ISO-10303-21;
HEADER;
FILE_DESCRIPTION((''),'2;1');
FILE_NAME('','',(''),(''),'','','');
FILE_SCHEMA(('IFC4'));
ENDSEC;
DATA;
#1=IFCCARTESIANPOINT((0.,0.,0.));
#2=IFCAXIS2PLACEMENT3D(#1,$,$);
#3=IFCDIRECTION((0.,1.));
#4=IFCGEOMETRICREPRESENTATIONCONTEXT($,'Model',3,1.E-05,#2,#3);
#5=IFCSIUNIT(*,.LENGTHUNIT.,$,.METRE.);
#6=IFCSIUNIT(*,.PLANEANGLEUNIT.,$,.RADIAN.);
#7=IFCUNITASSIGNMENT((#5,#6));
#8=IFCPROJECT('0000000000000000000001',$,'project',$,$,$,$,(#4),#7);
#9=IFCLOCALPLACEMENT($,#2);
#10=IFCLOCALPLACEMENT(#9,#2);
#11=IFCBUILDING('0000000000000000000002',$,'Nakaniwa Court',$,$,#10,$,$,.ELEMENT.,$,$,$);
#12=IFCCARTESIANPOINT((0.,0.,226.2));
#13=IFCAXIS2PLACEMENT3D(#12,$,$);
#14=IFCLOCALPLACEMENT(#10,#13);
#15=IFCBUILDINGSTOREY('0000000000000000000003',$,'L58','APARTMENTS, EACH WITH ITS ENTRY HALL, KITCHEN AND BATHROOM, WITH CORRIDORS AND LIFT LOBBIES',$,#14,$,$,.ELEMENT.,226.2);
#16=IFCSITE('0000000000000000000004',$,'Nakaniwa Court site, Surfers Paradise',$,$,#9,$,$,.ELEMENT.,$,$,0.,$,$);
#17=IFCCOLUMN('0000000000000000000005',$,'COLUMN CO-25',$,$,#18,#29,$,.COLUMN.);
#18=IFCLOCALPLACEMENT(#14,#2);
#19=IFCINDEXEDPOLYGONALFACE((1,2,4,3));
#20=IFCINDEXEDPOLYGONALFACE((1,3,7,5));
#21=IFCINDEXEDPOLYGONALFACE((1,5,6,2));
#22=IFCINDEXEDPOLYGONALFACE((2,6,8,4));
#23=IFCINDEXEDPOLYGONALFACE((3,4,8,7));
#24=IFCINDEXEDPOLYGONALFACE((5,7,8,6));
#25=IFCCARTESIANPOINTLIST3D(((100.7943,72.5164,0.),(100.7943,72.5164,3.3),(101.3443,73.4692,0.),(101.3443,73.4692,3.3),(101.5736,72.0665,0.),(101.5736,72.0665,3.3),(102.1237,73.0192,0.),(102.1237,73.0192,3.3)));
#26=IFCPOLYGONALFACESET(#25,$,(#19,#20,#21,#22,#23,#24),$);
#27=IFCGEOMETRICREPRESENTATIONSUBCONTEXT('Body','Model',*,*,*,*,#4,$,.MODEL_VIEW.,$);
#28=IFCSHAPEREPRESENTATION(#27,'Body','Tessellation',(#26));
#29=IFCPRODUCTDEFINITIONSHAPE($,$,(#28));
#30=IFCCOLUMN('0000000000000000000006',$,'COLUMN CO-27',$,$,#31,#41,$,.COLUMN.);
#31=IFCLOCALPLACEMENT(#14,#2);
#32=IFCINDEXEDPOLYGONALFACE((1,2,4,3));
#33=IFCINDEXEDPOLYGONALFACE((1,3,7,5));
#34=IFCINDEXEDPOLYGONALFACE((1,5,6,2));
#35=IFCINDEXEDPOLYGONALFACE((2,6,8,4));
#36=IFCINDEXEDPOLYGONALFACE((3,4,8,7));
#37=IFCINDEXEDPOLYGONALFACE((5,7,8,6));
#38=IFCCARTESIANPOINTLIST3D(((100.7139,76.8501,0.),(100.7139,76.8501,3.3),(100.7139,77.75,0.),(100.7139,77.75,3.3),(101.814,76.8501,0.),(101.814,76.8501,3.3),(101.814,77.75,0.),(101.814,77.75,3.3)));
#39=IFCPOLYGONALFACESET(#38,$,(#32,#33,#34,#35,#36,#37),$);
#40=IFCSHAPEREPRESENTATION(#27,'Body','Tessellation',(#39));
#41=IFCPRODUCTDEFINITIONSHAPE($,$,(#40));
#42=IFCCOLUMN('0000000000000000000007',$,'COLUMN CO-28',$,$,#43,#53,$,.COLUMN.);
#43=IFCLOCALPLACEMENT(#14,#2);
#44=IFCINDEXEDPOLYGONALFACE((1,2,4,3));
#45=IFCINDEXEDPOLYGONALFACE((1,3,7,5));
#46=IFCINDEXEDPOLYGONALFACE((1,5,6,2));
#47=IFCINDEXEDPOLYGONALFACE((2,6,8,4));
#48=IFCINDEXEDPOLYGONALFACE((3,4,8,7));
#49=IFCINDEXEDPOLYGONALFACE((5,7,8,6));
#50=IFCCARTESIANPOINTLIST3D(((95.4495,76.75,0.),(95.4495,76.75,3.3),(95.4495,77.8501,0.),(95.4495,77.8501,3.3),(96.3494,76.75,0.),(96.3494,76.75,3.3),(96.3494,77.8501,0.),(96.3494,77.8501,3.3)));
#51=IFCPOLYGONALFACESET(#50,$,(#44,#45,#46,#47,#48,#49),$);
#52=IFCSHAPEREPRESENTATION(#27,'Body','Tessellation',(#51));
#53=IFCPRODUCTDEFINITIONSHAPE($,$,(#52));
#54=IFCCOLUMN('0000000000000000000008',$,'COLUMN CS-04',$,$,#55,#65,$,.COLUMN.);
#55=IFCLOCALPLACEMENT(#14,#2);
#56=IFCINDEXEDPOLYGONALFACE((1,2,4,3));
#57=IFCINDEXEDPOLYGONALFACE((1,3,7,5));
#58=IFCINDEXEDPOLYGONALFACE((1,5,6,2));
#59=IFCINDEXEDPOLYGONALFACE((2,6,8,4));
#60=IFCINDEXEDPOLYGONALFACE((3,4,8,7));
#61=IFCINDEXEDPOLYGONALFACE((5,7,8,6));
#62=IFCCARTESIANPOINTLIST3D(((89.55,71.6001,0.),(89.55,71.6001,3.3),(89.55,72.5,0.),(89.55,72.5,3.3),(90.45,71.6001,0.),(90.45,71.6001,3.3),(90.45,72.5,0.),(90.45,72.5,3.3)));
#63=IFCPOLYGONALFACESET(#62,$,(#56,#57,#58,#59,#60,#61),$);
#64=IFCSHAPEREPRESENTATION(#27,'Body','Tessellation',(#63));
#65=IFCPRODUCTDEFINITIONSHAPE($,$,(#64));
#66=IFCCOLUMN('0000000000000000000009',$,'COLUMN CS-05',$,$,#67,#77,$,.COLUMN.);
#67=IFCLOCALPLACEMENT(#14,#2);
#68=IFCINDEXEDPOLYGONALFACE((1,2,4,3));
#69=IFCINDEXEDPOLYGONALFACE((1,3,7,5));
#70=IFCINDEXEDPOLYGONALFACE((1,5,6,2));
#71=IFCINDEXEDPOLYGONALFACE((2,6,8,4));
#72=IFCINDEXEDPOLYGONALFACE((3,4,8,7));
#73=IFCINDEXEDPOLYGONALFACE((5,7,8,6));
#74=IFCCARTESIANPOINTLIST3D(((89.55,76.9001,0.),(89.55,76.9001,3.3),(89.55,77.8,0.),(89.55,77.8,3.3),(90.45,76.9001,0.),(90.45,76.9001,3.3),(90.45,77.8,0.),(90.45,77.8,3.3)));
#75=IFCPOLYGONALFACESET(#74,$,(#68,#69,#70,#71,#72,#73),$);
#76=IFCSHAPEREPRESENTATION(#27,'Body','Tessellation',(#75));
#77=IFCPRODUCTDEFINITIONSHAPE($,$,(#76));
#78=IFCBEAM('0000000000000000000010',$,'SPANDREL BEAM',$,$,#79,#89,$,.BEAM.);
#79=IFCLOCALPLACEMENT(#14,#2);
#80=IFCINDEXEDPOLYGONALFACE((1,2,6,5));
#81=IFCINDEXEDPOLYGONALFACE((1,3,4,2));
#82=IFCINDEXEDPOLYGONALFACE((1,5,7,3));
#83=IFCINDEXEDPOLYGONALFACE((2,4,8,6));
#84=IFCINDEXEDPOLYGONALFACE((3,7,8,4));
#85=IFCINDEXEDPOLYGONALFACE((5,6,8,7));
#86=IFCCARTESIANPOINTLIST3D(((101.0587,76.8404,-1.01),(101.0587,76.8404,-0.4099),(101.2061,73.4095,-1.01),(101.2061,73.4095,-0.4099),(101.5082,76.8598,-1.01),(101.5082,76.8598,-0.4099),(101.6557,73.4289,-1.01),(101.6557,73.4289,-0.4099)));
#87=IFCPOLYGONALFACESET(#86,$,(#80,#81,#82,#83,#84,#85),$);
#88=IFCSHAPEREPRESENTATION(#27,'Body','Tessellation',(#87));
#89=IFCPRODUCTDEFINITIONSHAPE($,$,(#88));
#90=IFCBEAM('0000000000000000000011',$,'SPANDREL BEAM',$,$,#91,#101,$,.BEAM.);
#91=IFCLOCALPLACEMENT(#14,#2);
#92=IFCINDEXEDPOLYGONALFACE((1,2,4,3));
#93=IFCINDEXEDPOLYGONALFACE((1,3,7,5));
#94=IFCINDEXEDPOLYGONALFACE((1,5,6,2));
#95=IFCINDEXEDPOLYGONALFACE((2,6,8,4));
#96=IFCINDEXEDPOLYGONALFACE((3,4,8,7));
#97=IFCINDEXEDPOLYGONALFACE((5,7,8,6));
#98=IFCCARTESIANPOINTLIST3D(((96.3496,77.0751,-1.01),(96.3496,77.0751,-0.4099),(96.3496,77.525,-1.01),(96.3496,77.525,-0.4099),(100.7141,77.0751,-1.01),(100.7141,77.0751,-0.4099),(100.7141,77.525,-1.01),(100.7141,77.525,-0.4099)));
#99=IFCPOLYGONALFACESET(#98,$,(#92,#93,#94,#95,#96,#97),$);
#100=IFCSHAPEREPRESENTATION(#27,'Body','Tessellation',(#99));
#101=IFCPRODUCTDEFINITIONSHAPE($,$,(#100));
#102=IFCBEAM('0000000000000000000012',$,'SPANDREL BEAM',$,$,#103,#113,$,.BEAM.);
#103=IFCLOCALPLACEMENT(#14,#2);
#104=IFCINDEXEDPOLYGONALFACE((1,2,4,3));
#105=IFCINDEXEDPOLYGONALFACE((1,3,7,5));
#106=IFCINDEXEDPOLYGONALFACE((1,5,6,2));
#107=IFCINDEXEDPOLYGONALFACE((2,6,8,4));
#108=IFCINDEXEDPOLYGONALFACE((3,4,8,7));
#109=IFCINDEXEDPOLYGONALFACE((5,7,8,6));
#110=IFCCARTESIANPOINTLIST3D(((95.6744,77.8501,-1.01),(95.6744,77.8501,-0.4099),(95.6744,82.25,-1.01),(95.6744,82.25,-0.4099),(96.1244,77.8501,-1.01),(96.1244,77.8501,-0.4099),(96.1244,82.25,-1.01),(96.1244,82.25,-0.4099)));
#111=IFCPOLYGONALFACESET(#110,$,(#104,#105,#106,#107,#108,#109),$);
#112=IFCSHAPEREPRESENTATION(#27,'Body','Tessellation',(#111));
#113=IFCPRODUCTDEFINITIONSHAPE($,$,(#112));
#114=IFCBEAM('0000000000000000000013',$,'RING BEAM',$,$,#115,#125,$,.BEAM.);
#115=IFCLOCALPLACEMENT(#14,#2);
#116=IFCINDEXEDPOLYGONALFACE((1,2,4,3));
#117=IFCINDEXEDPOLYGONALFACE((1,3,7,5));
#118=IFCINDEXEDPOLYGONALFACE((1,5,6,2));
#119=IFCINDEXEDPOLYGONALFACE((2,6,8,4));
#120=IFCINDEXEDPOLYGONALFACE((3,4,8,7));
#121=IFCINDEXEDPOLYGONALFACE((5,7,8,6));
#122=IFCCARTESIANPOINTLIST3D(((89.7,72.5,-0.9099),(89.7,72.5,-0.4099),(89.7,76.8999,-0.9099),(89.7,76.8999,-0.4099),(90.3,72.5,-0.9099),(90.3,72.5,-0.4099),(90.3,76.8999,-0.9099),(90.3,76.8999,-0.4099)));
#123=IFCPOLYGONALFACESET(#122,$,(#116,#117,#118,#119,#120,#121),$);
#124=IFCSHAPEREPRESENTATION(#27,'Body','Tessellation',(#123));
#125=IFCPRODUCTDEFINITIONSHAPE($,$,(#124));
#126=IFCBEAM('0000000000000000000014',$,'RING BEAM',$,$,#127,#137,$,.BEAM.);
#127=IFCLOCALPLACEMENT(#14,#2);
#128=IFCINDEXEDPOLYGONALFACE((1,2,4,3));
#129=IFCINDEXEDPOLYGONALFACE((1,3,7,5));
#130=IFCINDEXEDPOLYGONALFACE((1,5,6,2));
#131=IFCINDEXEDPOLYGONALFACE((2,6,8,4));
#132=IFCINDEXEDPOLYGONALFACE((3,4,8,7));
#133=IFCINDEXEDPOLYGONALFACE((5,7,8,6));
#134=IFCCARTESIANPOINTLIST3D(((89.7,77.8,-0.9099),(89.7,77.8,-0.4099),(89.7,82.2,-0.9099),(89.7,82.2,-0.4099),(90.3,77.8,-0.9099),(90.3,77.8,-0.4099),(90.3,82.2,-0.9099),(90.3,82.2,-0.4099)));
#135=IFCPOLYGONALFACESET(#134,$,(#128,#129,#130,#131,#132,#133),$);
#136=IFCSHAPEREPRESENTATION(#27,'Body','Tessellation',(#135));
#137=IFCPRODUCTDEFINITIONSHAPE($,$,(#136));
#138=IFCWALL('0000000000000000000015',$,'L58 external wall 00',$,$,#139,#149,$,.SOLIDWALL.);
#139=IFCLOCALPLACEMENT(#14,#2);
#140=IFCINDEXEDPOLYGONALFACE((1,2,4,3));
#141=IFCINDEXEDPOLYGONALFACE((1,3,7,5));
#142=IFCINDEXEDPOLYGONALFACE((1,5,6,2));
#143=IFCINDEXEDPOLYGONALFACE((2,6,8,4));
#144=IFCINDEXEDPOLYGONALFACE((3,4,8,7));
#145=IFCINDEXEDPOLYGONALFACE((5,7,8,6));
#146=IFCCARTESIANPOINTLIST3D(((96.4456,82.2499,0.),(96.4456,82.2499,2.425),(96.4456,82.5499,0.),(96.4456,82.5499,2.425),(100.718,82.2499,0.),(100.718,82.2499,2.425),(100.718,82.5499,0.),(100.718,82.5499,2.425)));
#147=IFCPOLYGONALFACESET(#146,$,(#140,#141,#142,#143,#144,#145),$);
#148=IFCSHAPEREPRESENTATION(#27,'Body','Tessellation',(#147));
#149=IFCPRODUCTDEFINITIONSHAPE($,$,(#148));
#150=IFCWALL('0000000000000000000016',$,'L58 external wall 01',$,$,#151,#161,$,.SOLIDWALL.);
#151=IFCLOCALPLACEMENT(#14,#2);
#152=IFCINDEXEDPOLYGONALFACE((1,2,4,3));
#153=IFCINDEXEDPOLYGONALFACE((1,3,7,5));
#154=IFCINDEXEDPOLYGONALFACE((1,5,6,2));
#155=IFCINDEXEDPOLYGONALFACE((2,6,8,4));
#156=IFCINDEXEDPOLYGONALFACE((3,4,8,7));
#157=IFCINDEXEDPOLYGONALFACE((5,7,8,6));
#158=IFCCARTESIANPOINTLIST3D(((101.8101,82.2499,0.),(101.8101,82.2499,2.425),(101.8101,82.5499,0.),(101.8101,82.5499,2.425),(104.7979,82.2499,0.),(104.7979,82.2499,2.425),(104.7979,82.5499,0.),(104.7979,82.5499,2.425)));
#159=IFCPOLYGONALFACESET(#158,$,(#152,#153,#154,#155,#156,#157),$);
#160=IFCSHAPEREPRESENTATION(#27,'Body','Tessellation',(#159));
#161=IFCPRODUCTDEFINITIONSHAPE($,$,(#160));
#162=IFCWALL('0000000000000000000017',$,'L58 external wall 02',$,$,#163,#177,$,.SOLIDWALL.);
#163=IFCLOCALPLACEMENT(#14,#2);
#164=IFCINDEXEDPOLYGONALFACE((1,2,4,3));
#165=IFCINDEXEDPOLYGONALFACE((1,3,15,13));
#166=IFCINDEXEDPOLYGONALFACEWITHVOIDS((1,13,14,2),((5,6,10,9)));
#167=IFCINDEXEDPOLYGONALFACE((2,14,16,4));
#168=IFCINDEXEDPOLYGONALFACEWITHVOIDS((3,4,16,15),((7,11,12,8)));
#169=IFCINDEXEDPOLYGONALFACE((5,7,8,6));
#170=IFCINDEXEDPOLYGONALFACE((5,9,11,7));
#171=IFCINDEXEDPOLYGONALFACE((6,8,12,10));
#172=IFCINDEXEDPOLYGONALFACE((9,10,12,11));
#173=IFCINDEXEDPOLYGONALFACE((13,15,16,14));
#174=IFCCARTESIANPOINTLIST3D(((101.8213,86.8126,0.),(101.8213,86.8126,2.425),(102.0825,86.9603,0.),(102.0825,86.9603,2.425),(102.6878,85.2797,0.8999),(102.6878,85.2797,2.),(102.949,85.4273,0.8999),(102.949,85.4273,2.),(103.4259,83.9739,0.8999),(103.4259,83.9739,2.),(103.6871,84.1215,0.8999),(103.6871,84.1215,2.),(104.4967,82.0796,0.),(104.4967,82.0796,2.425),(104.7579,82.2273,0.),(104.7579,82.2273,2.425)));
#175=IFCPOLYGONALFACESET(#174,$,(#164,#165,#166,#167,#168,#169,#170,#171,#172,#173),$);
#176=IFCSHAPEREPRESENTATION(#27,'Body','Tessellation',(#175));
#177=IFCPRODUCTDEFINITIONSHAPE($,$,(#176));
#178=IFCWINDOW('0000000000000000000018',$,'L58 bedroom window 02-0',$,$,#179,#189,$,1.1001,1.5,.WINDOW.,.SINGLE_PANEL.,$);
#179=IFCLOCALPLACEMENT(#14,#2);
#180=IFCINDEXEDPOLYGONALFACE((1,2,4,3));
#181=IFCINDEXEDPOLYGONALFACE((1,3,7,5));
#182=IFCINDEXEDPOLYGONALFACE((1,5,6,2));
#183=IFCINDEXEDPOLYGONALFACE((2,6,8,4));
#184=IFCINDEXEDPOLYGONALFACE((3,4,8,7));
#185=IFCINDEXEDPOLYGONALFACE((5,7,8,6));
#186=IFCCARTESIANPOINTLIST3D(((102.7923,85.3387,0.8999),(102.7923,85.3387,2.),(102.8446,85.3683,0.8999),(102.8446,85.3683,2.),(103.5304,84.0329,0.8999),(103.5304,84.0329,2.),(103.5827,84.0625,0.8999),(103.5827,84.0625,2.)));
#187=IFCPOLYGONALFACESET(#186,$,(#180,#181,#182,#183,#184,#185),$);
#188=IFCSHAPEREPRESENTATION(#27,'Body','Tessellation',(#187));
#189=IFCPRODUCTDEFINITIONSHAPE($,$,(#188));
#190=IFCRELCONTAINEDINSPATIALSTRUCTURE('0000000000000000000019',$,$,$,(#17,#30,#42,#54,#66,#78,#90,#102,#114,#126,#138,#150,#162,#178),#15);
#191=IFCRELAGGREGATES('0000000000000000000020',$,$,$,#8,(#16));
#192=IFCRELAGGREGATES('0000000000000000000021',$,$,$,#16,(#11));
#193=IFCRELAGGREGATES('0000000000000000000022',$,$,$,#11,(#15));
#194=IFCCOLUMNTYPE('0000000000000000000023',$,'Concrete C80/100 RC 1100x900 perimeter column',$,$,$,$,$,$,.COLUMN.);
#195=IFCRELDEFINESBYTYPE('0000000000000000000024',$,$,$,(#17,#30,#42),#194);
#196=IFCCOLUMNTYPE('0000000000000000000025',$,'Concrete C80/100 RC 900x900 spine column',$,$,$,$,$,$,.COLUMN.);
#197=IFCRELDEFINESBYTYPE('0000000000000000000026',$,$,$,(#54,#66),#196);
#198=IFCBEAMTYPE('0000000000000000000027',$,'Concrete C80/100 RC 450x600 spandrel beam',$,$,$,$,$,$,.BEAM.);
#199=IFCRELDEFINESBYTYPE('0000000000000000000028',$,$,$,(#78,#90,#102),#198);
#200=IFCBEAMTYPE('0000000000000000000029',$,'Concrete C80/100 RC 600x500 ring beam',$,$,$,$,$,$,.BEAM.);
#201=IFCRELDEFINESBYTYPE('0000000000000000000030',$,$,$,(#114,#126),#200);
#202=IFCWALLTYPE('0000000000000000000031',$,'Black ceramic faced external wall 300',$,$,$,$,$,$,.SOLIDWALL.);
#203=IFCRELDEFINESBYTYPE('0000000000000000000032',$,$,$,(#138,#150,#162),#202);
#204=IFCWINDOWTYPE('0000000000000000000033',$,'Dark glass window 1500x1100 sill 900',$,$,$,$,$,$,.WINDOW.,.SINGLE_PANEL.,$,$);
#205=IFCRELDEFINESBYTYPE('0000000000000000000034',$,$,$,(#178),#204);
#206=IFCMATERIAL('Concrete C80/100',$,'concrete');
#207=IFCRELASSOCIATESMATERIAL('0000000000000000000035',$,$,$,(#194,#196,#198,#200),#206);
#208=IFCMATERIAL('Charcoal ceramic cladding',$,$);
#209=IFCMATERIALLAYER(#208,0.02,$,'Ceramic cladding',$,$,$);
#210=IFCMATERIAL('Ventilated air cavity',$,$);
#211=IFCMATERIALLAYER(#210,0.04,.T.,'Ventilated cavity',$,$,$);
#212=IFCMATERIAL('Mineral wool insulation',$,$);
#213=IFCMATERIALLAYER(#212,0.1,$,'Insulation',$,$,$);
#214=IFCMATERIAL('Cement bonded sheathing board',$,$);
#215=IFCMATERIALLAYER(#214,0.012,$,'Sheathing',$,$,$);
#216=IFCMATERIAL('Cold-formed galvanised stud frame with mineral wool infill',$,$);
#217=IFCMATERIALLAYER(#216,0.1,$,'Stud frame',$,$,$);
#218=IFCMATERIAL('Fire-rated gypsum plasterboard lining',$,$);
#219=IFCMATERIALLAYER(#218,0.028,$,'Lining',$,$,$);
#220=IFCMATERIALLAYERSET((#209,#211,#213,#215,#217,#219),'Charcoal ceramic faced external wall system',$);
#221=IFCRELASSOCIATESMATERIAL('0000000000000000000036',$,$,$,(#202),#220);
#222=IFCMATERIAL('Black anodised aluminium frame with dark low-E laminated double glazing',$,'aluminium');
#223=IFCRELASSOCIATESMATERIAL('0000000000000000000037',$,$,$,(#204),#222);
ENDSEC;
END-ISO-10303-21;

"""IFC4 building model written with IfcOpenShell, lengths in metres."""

from ifc_helpers import new_model, si_unit, direction, frame, frame_2d, origin, origin_2d, place, context, subcontext, project, spatial, rectangle, extrude, material, layer, layer_set, material_profile, profile_set, type_object, element, fill, save


model = new_model("IFC4")

# Units and contexts
model_context = context("Model", 3, precision=1e-05, world=origin(), true_north=direction((0.0, 1.0)))
body_context = subcontext(model_context, "Body", "Model", "MODEL_VIEW")
ifc_project = project(units=[si_unit("LENGTHUNIT", "METRE"), si_unit("PLANEANGLEUNIT", "RADIAN")], contexts=[model_context])

# Site, building, storey
site_placement = place(None, origin())
site = spatial("IfcSite", under=ifc_project, at=site_placement, Name="Nakaniwa Court site, Surfers Paradise", CompositionType="ELEMENT", RefElevation=0.0)
building_placement = place(site_placement, origin())
building = spatial("IfcBuilding", under=site, at=building_placement, Name="Nakaniwa Court", CompositionType="ELEMENT")
storey_placement = place(building_placement, frame((0.0, 0.0, 226.2)))
storey = spatial("IfcBuildingStorey", under=building, at=storey_placement, Name="L58", Description="APARTMENTS, EACH WITH ITS ENTRY HALL, KITCHEN AND BATHROOM, WITH CORRIDORS AND LIFT LOBBIES", CompositionType="ELEMENT", Elevation=226.2)

# Columns
ifc_material_1 = material(Name="Concrete C80/100", Category="concrete")
ifc_material_profile_1 = material_profile(ifc_material_1, rectangle(XDim=1.1001, YDim=0.8999, at=origin_2d()), Name="Concrete C80/100 RC 1100x900 perimeter column")
ifc_profile_set_1 = profile_set([ifc_material_profile_1], Name="Concrete C80/100")
column_type_1 = type_object("IfcColumnType", Name="Concrete C80/100 RC 1100x900 perimeter column", PredefinedType="COLUMN", material=ifc_profile_set_1)
for number, where, z_axis, x_axis, name in (
    (1, (101.459, 72.7678, 0.0), (0.0, 0.0, 1.0), (0.5, 0.866025, 0.0), "COLUMN CO-25"),
    (2, (101.2639, 77.3, 0.0), (0.0, 0.0, 1.0), (-1.0, 0.0, 0.0), "COLUMN CO-27"),
    (3, (95.8994, 77.3, 0.0), (0.0, 0.0, 1.0), (0.0, 1.0, 0.0), "COLUMN CO-28"),
):
    element("IfcColumn", number, at=place(storey_placement, frame(where, z_axis=z_axis, x_axis=x_axis)), inside=storey, type_object=column_type_1, Name=name, PredefinedType="COLUMN", context=body_context, shape_type="SweptSolid", body=[
        extrude(rectangle(XDim=1.1001, YDim=0.8999, at=origin_2d()), origin(), (0.0, 0.0, 1.0), 3.3),
    ])
ifc_material_profile_2 = material_profile(ifc_material_1, rectangle(XDim=0.8999, YDim=0.8999, at=origin_2d()), Name="Concrete C80/100 RC 900x900 spine column")
ifc_profile_set_2 = profile_set([ifc_material_profile_2], Name="Concrete C80/100")
column_type_2 = type_object("IfcColumnType", Name="Concrete C80/100 RC 900x900 spine column", PredefinedType="COLUMN", material=ifc_profile_set_2)
for number, where, z_axis, x_axis, name in (
    (4, (90.0, 72.05, 0.0), (0.0, 0.0, 1.0), (0.0, 1.0, 0.0), "COLUMN CS-04"),
    (5, (90.0, 77.3501, 0.0), (0.0, 0.0, 1.0), (0.0, 1.0, 0.0), "COLUMN CS-05"),
):
    element("IfcColumn", number, at=place(storey_placement, frame(where, z_axis=z_axis, x_axis=x_axis)), inside=storey, type_object=column_type_2, Name=name, PredefinedType="COLUMN", context=body_context, shape_type="SweptSolid", body=[
        extrude(rectangle(XDim=0.8999, YDim=0.8999, at=origin_2d()), origin(), (0.0, 0.0, 1.0), 3.3),
    ])

# Beams
ifc_material_profile_3 = material_profile(ifc_material_1, rectangle(XDim=0.45, YDim=0.6001, at=origin_2d()), Name="Concrete C80/100 RC 450x600 spandrel beam")
ifc_profile_set_3 = profile_set([ifc_material_profile_3], Name="Concrete C80/100")
beam_type_1 = type_object("IfcBeamType", Name="Concrete C80/100 RC 450x600 spandrel beam", PredefinedType="BEAM", material=ifc_profile_set_3)
beam_1_placement = place(storey_placement, frame((101.4309, 73.4192, -0.71), z_axis=(-0.042941, 0.999078, 0.0), x_axis=(-0.999078, -0.042941, 0.0)))
element("IfcBeam", 6, at=beam_1_placement, inside=storey, type_object=beam_type_1, Name="SPANDREL BEAM", PredefinedType="BEAM", context=body_context, shape_type="SweptSolid", body=[
    extrude(rectangle(XDim=0.45, YDim=0.6001, at=origin_2d()), origin(), (0.0, 0.0, 1.0), 3.4341),
])
beam_2_placement = place(storey_placement, frame((100.7141, 77.3, -0.71), z_axis=(-1.0, 0.0, 0.0), x_axis=(0.0, -1.0, 0.0)))
element("IfcBeam", 7, at=beam_2_placement, inside=storey, type_object=beam_type_1, Name="SPANDREL BEAM", PredefinedType="BEAM", context=body_context, shape_type="SweptSolid", body=[
    extrude(rectangle(XDim=0.45, YDim=0.6001, at=origin_2d()), origin(), (0.0, 0.0, 1.0), 4.3645),
])
beam_3_placement = place(storey_placement, frame((95.8994, 77.8501, -0.71), z_axis=(0.0, 1.0, 0.0), x_axis=(-1.0, 0.0, 0.0)))
element("IfcBeam", 8, at=beam_3_placement, inside=storey, type_object=beam_type_1, Name="SPANDREL BEAM", PredefinedType="BEAM", context=body_context, shape_type="SweptSolid", body=[
    extrude(rectangle(XDim=0.45, YDim=0.6001, at=origin_2d()), origin(), (0.0, 0.0, 1.0), 4.3999),
])
ifc_material_profile_4 = material_profile(ifc_material_1, rectangle(XDim=0.6001, YDim=0.5, at=origin_2d()), Name="Concrete C80/100 RC 600x500 ring beam")
ifc_profile_set_4 = profile_set([ifc_material_profile_4], Name="Concrete C80/100")
beam_type_2 = type_object("IfcBeamType", Name="Concrete C80/100 RC 600x500 ring beam", PredefinedType="BEAM", material=ifc_profile_set_4)
for number, where, z_axis, x_axis, name in (
    (9, (90.0, 72.5, -0.6599), (0.0, 1.0, 0.0), (-1.0, 0.0, 0.0), "RING BEAM"),
    (10, (90.0, 77.8, -0.6599), (0.0, 1.0, 0.0), (-1.0, 0.0, 0.0), "RING BEAM"),
):
    element("IfcBeam", number, at=place(storey_placement, frame(where, z_axis=z_axis, x_axis=x_axis)), inside=storey, type_object=beam_type_2, Name=name, PredefinedType="BEAM", context=body_context, shape_type="SweptSolid", body=[
        extrude(rectangle(XDim=0.6001, YDim=0.5, at=origin_2d()), origin(), (0.0, 0.0, 1.0), 4.3999),
    ])

# Walls
ifc_material_2 = material(Name="Charcoal ceramic cladding")
ifc_layer_1 = layer(ifc_material_2, 0.02, Name="Ceramic cladding")
ifc_material_3 = material(Name="Ventilated air cavity")
ifc_layer_2 = layer(ifc_material_3, 0.04, ventilated=True, Name="Ventilated cavity")
ifc_material_4 = material(Name="Mineral wool insulation")
ifc_layer_3 = layer(ifc_material_4, 0.1, Name="Insulation")
ifc_material_5 = material(Name="Cement bonded sheathing board")
ifc_layer_4 = layer(ifc_material_5, 0.012, Name="Sheathing")
ifc_material_6 = material(Name="Cold-formed galvanised stud frame with mineral wool infill")
ifc_layer_5 = layer(ifc_material_6, 0.1, Name="Stud frame")
ifc_material_7 = material(Name="Fire-rated gypsum plasterboard lining")
ifc_layer_6 = layer(ifc_material_7, 0.028, Name="Lining")
ifc_layer_set_1 = layer_set([ifc_layer_1, ifc_layer_2, ifc_layer_3, ifc_layer_4, ifc_layer_5, ifc_layer_6], Name="Charcoal ceramic faced external wall system")
wall_type_1 = type_object("IfcWallType", Name="Black ceramic faced external wall 300", PredefinedType="SOLIDWALL", material=ifc_layer_set_1)
wall_1_placement = place(storey_placement, frame((96.4456, 82.3999, 0.0), z_axis=(0.0, 0.0, 1.0), x_axis=(1.0, 0.0, 0.0)))
element("IfcWall", 11, at=wall_1_placement, inside=storey, type_object=wall_type_1, Name="L58 external wall 00", PredefinedType="SOLIDWALL", context=body_context, shape_type="SweptSolid", body=[
    extrude(rectangle(XDim=4.2725, YDim=0.3, at=frame_2d((2.1362, 0.0))), origin(), (0.0, 0.0, 1.0), 2.425),
])
wall_2_placement = place(storey_placement, frame((101.8101, 82.3999, 0.0), z_axis=(0.0, 0.0, 1.0), x_axis=(1.0, 0.0, 0.0)))
element("IfcWall", 12, at=wall_2_placement, inside=storey, type_object=wall_type_1, Name="L58 external wall 01", PredefinedType="SOLIDWALL", context=body_context, shape_type="SweptSolid", body=[
    extrude(rectangle(XDim=2.9878, YDim=0.3, at=frame_2d((1.4939, 0.0))), origin(), (0.0, 0.0, 1.0), 2.425),
])

# Wall, opening, window
wall_3_placement = place(storey_placement, frame((104.6272, 82.1536, 0.0), z_axis=(0.0, 0.0, 1.0), x_axis=(-0.492081, 0.870549, 0.0)))
wall_3 = element("IfcWall", 13, at=wall_3_placement, inside=storey, type_object=wall_type_1, Name="L58 external wall 02", PredefinedType="SOLIDWALL", context=body_context, shape_type="SweptSolid", body=[
    extrude(rectangle(XDim=5.4368, YDim=0.3, at=frame_2d((2.7183, 0.0))), origin(), (0.0, 0.0, 1.0), 2.425),
])
opening_1_placement = place(wall_3_placement, frame((2.1758, 0.0, 0.8999)))
opening_1 = element("IfcOpeningElement", 14, at=opening_1_placement, cuts=wall_3, PredefinedType="OPENING", context=body_context, shape_type="SweptSolid", body=[
    extrude(rectangle(XDim=1.5, YDim=1.1001, at=frame_2d((0.75, 0.55))), frame((0.0, 0.1599, 0.0), z_axis=(0.0, -1.0, 0.0), x_axis=(1.0, 0.0, 0.0)), (0.0, 0.0, 1.0), 0.3201),
])
ifc_material_8 = material(Name="Black anodised aluminium frame with dark low-E laminated double glazing", Category="aluminium")
window_type_1 = type_object("IfcWindowType", Name="Dark glass window 1500x1100 sill 900", PartitioningType="SINGLE_PANEL", PredefinedType="WINDOW", material=ifc_material_8)
window_1_placement = place(opening_1_placement, origin())
window_1 = element("IfcWindow", 15, at=window_1_placement, inside=storey, type_object=window_type_1, Name="L58 bedroom window 02-0", OverallHeight=1.1001, OverallWidth=1.5, PartitioningType="SINGLE_PANEL", PredefinedType="WINDOW", context=body_context, shape_type="SweptSolid", body=[
    extrude(rectangle(XDim=1.5, YDim=1.1001, at=frame_2d((0.75, 0.55))), frame((0.0, 0.03, 0.0), z_axis=(0.0, -1.0, 0.0), x_axis=(1.0, 0.0, 0.0)), (0.0, 0.0, 1.0), 0.0601),
])
fill(opening_1, window_1)

save(model, "model.ifc")
